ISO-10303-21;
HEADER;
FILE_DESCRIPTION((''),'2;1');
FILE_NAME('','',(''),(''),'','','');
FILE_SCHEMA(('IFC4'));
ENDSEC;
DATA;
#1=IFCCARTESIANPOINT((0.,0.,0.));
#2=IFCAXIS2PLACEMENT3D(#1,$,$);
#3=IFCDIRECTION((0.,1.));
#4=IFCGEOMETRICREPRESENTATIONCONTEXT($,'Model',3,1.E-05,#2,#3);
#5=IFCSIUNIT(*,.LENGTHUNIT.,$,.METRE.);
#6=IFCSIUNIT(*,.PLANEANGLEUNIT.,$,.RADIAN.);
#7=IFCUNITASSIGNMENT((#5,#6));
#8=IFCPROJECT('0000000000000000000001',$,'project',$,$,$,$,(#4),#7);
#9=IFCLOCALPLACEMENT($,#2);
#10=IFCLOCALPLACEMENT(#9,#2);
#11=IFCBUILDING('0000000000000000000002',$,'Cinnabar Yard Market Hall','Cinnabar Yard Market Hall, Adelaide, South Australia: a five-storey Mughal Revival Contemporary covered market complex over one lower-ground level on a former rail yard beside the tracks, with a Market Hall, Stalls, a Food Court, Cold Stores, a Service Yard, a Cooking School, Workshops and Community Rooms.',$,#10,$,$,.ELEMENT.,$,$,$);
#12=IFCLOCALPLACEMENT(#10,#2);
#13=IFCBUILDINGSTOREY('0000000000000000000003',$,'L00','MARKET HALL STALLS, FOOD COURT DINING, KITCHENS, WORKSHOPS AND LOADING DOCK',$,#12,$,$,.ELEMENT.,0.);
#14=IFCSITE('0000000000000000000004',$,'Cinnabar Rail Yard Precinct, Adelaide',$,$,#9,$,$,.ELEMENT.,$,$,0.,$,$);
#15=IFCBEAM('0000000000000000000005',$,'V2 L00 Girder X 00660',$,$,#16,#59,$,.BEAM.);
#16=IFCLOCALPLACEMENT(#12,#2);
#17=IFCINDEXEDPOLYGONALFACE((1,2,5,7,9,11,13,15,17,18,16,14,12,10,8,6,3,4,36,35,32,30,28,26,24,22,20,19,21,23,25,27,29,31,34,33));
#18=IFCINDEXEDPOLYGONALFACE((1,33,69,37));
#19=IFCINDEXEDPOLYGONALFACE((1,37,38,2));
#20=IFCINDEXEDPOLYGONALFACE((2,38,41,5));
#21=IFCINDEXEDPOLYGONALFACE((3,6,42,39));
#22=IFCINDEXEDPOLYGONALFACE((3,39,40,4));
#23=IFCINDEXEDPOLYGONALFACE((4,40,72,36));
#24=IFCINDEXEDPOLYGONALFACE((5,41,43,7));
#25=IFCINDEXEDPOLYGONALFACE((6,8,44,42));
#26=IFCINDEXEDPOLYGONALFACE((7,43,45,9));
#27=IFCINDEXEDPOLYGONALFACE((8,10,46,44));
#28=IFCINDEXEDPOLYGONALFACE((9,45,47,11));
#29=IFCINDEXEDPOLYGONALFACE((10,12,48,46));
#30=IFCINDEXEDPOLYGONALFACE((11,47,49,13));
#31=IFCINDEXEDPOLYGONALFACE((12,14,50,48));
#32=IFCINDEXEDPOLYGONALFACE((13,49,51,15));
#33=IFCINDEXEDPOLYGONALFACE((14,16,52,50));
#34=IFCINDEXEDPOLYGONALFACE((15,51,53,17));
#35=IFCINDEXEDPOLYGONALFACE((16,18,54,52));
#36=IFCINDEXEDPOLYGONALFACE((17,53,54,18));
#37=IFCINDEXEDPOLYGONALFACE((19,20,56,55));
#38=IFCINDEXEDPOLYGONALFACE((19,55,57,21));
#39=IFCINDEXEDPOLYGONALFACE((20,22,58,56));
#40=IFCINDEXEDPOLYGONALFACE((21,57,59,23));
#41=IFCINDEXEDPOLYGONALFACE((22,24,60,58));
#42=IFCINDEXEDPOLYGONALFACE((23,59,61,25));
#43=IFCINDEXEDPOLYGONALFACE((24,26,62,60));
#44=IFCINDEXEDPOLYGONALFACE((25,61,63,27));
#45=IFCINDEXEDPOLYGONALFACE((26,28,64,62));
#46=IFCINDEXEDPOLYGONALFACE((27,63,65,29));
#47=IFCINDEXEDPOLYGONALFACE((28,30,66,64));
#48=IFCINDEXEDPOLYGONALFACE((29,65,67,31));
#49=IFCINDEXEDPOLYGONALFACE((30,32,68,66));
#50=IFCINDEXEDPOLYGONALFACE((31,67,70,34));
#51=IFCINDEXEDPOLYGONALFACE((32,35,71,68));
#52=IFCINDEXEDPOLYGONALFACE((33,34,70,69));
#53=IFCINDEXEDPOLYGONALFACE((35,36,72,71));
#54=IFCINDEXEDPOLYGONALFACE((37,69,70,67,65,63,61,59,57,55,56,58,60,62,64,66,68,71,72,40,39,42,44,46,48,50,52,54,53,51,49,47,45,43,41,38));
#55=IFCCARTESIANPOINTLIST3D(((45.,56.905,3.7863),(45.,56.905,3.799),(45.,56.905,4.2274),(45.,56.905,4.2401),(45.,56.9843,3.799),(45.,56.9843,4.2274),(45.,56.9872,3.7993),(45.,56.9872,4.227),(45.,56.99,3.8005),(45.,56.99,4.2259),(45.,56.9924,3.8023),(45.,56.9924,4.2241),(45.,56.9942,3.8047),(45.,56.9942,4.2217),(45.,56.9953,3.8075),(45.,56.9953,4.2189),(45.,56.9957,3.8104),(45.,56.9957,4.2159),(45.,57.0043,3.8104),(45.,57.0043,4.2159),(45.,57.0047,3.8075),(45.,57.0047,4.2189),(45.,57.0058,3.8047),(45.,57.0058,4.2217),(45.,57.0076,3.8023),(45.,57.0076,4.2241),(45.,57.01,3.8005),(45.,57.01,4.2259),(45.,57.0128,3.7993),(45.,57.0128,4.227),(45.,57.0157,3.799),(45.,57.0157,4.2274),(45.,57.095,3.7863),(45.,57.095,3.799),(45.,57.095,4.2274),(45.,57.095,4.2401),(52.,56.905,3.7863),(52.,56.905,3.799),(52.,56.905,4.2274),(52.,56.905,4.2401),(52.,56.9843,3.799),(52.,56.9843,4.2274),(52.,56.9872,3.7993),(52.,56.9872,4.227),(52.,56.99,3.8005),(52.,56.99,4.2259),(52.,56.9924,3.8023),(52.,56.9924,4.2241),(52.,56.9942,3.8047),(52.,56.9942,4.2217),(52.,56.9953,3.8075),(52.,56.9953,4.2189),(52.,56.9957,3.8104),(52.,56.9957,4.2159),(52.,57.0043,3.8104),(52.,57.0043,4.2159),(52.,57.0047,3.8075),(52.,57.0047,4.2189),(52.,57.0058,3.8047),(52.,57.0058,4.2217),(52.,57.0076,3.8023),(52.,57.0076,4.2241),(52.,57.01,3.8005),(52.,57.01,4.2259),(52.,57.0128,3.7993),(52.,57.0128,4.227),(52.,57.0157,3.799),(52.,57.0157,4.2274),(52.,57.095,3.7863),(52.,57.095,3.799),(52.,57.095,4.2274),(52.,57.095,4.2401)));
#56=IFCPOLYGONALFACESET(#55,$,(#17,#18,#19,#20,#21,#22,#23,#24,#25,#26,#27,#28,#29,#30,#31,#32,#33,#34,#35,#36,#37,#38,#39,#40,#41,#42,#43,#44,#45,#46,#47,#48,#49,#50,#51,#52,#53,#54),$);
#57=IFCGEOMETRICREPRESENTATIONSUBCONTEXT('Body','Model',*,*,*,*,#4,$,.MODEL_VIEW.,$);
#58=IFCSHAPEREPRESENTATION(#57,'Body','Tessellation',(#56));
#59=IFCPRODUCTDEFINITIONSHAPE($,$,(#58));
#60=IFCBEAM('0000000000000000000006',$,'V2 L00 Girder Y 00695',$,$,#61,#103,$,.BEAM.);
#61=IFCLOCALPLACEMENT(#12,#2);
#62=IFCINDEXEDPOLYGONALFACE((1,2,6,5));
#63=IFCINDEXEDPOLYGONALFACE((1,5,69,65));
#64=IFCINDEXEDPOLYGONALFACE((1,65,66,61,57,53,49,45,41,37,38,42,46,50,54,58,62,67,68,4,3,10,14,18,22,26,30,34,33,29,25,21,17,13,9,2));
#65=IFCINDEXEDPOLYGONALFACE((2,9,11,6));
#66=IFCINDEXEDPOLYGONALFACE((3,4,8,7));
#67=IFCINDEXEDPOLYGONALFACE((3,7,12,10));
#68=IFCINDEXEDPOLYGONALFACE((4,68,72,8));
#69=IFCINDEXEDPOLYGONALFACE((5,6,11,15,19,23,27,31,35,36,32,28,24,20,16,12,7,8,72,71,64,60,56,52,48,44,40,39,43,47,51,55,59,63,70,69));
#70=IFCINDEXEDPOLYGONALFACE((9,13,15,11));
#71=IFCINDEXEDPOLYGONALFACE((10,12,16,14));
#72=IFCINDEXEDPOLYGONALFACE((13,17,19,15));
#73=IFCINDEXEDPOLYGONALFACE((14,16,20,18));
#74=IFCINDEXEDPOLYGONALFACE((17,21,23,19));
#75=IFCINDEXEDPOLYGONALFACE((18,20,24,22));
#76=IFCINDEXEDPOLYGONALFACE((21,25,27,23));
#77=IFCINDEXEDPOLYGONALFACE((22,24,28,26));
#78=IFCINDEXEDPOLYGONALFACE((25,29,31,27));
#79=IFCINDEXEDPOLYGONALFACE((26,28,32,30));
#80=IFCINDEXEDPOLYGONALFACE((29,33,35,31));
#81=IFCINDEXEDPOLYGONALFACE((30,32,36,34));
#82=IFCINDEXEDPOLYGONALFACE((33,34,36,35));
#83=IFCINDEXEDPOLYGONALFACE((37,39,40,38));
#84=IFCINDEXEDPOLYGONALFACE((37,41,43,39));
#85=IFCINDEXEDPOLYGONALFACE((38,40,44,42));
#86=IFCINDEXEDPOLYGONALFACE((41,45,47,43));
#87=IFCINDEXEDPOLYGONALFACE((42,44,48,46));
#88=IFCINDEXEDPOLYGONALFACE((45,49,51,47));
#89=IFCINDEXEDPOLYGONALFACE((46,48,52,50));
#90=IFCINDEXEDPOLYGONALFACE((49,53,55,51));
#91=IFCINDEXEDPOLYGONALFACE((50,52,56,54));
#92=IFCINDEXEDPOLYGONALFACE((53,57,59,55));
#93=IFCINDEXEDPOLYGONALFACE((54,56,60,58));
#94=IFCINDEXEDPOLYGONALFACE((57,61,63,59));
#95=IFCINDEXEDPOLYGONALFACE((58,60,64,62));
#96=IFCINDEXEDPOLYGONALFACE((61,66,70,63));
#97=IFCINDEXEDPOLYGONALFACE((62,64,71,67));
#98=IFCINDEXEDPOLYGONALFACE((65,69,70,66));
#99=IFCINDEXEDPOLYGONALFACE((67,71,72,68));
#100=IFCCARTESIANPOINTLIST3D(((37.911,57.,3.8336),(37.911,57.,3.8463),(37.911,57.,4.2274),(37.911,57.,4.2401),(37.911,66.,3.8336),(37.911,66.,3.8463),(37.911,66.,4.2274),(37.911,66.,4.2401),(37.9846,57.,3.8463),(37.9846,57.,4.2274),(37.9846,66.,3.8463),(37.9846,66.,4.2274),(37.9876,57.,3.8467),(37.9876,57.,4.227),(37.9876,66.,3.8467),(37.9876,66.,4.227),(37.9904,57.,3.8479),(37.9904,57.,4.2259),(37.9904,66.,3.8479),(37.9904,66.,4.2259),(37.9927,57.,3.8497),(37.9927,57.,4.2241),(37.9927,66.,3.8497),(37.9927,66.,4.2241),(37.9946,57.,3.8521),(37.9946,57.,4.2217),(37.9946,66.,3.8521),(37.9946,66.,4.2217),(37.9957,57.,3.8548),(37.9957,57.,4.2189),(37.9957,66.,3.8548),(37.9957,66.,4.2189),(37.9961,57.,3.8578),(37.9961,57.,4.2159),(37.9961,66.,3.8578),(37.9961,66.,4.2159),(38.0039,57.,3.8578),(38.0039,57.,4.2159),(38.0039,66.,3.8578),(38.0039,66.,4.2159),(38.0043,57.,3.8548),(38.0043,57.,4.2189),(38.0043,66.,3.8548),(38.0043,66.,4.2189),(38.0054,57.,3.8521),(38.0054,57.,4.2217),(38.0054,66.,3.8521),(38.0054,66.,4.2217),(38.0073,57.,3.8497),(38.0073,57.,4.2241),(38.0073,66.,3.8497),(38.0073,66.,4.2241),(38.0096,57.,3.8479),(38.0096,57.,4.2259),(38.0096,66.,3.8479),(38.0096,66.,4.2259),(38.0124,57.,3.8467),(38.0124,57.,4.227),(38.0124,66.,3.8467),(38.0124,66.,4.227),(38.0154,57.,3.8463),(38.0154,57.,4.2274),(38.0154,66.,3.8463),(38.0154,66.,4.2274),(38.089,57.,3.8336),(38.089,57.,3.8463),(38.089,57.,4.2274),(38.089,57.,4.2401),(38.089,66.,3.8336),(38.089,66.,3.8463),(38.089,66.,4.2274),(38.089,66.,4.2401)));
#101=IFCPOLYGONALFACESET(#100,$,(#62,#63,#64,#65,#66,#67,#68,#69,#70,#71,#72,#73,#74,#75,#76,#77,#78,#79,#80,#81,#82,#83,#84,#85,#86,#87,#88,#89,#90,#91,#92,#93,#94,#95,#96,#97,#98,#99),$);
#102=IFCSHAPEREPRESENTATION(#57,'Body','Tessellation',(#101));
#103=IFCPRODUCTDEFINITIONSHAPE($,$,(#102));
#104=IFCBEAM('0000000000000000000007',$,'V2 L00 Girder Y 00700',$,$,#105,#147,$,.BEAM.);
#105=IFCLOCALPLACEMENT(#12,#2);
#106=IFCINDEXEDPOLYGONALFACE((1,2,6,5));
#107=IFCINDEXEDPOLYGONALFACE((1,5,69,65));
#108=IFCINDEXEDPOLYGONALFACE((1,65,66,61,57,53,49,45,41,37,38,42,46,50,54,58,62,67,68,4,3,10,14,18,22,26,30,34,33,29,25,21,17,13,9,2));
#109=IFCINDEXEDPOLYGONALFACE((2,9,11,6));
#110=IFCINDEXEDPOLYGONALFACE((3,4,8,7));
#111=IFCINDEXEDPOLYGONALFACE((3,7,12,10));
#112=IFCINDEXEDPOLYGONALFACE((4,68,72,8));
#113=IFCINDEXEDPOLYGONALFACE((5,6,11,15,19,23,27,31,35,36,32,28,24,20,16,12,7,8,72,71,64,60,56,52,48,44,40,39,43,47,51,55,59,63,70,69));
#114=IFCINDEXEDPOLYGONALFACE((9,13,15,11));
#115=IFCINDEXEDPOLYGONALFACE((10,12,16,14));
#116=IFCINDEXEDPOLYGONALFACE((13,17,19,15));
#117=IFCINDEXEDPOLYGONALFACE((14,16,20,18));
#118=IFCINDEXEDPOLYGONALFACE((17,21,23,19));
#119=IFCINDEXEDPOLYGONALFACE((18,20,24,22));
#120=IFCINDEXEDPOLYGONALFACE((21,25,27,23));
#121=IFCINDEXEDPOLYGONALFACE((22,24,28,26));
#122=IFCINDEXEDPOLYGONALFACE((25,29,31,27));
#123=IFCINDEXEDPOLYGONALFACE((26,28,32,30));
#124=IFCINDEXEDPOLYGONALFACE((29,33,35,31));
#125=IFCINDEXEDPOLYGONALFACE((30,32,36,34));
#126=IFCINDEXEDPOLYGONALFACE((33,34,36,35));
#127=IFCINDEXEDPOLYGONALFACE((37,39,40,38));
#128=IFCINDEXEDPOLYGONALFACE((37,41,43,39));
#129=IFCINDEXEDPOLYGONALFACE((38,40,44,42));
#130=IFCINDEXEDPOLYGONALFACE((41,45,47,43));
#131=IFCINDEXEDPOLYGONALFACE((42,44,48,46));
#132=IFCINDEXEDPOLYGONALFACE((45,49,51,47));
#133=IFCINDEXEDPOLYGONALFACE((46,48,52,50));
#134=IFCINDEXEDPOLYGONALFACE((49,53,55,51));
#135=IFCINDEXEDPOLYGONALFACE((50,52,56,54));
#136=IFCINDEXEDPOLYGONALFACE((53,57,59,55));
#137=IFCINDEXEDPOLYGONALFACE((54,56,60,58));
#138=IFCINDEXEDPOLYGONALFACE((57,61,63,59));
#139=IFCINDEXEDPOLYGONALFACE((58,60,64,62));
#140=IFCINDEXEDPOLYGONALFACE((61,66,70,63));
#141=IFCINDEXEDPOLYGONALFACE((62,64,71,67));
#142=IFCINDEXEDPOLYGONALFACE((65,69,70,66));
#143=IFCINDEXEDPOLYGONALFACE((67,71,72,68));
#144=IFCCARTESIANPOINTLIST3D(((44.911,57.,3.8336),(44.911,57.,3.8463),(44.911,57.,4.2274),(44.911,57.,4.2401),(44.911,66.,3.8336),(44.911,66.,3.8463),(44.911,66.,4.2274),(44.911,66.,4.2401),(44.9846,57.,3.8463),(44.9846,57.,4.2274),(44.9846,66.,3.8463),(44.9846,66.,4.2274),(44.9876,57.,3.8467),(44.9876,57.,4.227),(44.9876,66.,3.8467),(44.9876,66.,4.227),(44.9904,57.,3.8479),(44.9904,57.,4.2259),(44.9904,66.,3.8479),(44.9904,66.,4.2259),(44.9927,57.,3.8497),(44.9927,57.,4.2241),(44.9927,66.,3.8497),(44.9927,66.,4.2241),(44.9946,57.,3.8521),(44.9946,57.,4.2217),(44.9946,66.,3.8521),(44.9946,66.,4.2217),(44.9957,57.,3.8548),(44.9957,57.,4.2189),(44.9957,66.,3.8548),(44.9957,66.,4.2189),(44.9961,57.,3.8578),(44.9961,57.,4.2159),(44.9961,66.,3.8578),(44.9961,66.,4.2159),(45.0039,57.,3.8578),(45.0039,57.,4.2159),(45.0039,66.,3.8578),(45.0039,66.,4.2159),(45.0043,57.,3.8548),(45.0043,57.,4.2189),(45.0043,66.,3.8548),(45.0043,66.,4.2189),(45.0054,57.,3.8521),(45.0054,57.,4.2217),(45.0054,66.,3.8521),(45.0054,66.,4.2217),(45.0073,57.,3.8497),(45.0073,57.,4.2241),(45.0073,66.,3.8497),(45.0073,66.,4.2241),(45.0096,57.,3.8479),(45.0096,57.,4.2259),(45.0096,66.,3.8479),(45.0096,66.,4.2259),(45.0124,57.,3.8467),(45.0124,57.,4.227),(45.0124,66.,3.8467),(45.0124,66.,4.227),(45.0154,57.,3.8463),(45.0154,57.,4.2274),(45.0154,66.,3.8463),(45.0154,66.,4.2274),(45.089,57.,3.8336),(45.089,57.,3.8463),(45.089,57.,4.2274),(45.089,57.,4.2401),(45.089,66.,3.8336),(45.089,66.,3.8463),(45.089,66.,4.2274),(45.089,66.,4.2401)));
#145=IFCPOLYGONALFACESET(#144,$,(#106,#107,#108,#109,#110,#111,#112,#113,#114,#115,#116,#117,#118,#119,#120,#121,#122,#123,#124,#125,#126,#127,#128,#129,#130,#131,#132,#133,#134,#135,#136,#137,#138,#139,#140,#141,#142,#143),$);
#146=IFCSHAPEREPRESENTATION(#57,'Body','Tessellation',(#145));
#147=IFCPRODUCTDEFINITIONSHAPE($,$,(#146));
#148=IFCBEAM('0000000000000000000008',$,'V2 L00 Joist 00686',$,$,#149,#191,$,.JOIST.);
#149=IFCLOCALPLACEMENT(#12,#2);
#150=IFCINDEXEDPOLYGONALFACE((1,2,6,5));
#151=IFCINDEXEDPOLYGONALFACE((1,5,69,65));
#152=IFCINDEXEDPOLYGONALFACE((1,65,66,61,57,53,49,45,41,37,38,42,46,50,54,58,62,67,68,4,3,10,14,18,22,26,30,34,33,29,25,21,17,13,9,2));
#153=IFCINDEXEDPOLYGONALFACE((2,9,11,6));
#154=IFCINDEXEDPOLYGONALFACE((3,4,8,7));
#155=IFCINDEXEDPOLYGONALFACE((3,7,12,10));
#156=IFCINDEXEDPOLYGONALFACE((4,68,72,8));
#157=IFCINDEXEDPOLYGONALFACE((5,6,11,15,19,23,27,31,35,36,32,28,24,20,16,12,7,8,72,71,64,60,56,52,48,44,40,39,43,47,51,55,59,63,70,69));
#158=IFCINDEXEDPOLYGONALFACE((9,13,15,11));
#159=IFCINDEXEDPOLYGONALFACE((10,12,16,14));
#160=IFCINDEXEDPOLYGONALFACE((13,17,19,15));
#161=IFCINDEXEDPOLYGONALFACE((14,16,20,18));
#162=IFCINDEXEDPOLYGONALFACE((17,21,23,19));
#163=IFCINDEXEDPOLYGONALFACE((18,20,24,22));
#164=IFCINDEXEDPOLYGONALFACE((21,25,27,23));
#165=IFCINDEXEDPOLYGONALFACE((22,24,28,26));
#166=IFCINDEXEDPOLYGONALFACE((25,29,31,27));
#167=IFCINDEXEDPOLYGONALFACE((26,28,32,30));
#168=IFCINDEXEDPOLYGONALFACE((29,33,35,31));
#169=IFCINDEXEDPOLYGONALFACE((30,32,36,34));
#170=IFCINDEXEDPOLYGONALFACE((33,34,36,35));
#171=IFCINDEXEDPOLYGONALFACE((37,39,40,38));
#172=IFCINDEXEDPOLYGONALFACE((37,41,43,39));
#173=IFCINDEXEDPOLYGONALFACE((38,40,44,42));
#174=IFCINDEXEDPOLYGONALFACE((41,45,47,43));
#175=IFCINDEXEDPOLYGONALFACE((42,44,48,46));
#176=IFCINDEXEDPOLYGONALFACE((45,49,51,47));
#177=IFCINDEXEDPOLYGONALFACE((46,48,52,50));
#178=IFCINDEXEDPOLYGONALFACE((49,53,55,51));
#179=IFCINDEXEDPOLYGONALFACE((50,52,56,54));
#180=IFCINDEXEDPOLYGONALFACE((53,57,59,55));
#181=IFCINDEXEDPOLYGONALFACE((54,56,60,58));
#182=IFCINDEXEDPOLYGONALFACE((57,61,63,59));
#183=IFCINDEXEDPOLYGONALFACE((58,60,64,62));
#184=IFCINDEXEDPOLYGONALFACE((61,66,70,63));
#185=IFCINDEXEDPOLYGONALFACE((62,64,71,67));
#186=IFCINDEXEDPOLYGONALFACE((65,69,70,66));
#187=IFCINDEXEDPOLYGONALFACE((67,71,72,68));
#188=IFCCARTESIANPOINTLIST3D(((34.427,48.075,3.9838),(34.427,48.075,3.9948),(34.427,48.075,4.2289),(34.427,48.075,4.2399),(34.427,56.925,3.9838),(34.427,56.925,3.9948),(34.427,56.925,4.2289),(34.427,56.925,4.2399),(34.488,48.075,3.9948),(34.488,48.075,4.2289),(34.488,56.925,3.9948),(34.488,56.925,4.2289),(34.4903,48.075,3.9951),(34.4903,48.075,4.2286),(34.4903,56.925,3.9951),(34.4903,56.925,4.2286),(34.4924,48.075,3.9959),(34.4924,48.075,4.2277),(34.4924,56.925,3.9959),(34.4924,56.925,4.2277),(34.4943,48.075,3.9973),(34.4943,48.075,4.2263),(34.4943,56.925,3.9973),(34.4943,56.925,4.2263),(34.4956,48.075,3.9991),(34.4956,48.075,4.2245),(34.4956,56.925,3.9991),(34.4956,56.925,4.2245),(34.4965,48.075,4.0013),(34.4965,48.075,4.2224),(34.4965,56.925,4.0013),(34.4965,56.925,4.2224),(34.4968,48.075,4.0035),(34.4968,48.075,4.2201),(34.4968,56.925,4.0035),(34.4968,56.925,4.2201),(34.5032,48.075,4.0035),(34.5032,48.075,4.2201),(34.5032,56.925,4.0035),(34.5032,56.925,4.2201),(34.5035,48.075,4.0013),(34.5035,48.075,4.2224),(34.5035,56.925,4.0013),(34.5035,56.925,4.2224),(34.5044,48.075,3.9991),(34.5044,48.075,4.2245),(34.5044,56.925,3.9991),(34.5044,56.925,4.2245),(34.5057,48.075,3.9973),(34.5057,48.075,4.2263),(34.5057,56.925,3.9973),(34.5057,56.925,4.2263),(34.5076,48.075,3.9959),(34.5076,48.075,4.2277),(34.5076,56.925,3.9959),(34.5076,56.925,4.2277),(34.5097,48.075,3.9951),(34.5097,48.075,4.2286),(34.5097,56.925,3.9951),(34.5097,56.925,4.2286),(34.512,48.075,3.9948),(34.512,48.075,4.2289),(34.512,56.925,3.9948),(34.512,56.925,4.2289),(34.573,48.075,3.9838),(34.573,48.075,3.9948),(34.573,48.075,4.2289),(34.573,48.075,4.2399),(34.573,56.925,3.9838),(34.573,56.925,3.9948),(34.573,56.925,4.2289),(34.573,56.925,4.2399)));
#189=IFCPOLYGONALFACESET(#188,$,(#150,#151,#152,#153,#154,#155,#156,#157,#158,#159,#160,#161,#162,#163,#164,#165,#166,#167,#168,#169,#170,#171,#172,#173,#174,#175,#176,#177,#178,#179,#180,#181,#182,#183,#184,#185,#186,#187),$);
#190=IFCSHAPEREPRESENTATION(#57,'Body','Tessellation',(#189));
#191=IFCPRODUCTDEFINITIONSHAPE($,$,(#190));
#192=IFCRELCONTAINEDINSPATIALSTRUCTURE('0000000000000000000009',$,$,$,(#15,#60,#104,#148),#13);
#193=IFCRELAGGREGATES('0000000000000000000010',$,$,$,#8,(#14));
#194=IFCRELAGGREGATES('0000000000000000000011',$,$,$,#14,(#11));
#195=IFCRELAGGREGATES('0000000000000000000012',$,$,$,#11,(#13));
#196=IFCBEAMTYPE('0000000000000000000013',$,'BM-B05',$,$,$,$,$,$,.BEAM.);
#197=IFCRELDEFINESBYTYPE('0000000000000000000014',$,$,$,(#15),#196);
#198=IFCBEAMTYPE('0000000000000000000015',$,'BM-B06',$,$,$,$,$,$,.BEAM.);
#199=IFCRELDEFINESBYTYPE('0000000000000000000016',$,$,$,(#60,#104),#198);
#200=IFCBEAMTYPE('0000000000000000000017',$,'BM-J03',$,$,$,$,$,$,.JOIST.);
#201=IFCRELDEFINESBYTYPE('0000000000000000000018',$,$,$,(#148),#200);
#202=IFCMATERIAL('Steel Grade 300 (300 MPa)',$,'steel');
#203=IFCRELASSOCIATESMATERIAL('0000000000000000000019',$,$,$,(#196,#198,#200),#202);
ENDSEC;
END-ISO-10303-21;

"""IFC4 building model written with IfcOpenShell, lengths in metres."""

from ifc_helpers import new_model, si_unit, direction, frame, origin, origin_2d_with_axis, place, context, subcontext, project, spatial, i_section, extrude, material, material_profile, profile_set, type_object, element, save


model = new_model("IFC4")

# Units and contexts
model_context = context("Model", 3, precision=1e-05, world=origin(), true_north=direction((0.0, 1.0)))
body_context = subcontext(model_context, "Body", "Model", "MODEL_VIEW")
ifc_project = project(units=[si_unit("LENGTHUNIT", "METRE"), si_unit("PLANEANGLEUNIT", "RADIAN")], contexts=[model_context])

# Site, building, storey
site_placement = place(None, origin())
site = spatial("IfcSite", under=ifc_project, at=site_placement, Name="Cinnabar Rail Yard Precinct, Adelaide", CompositionType="ELEMENT", RefElevation=0.0)
building_placement = place(site_placement, origin())
building = spatial("IfcBuilding", under=site, at=building_placement, Name="Cinnabar Yard Market Hall", Description="Cinnabar Yard Market Hall, Adelaide, South Australia: a five-storey Mughal Revival Contemporary covered market complex over one lower-ground level on a former rail yard beside the tracks, with a Market Hall, Stalls, a Food Court, Cold Stores, a Service Yard, a Cooking School, Workshops and Community Rooms.", CompositionType="ELEMENT")
storey_placement = place(building_placement, origin())
storey = spatial("IfcBuildingStorey", under=building, at=storey_placement, Name="L00", Description="MARKET HALL STALLS, FOOD COURT DINING, KITCHENS, WORKSHOPS AND LOADING DOCK", CompositionType="ELEMENT", Elevation=0.0)

# Shared definitions
ifc_material_1 = material(Name="Steel Grade 300 (300 MPa)", Category="steel")

# Beams
ifc_material_profile_1 = material_profile(ifc_material_1, i_section(OverallWidth=0.1899, OverallDepth=0.4539, WebThickness=0.0085, FlangeThickness=0.0127, FilletRadius=0.0115, at=origin_2d_with_axis()), Name="460UB67.1")
ifc_profile_set_1 = profile_set([ifc_material_profile_1], Name="Steel Grade 300 (300 MPa)")
beam_type_1 = type_object("IfcBeamType", Name="BM-B05", PredefinedType="BEAM", material=ifc_profile_set_1)
for number, where, z_axis, x_axis, name in (
    (1, (45.0, 57.0, 4.0132), (1.0, 0.0, 0.0), (0.0, 1.0, 0.0), "V2 L00 Girder X 00660"),
):
    element("IfcBeam", number, at=place(storey_placement, frame(where, z_axis=z_axis, x_axis=x_axis)), inside=storey, type_object=beam_type_1, Name=name, PredefinedType="BEAM", context=body_context, shape_type="SweptSolid", body=[
        extrude(i_section(OverallWidth=0.1899, OverallDepth=0.4539, WebThickness=0.0085, FlangeThickness=0.0127, FilletRadius=0.0115, at=origin_2d_with_axis()), origin(), (0.0, 0.0, 1.0), 7.0),
    ])
ifc_material_profile_2 = material_profile(ifc_material_1, i_section(OverallWidth=0.178, OverallDepth=0.4065, WebThickness=0.0078, FlangeThickness=0.0127, FilletRadius=0.0115, at=origin_2d_with_axis()), Name="410UB59.7")
ifc_profile_set_2 = profile_set([ifc_material_profile_2], Name="Steel Grade 300 (300 MPa)")
beam_type_2 = type_object("IfcBeamType", Name="BM-B06", PredefinedType="BEAM", material=ifc_profile_set_2)
for number, where, z_axis, x_axis, name in (
    (2, (38.0, 57.0, 4.0369), (0.0, 1.0, 0.0), (-1.0, 0.0, 0.0), "V2 L00 Girder Y 00695"),
    (3, (45.0, 57.0, 4.0369), (0.0, 1.0, 0.0), (-1.0, 0.0, 0.0), "V2 L00 Girder Y 00700"),
):
    element("IfcBeam", number, at=place(storey_placement, frame(where, z_axis=z_axis, x_axis=x_axis)), inside=storey, type_object=beam_type_2, Name=name, PredefinedType="BEAM", context=body_context, shape_type="SweptSolid", body=[
        extrude(i_section(OverallWidth=0.178, OverallDepth=0.4065, WebThickness=0.0078, FlangeThickness=0.0127, FilletRadius=0.0115, at=origin_2d_with_axis()), origin(), (0.0, 0.0, 1.0), 9.0),
    ])
ifc_material_profile_3 = material_profile(ifc_material_1, i_section(OverallWidth=0.146, OverallDepth=0.2561, WebThickness=0.0063, FlangeThickness=0.011, FilletRadius=0.0088, at=origin_2d_with_axis()), Name="250UB37.3")
ifc_profile_set_3 = profile_set([ifc_material_profile_3], Name="Steel Grade 300 (300 MPa)")
beam_type_3 = type_object("IfcBeamType", Name="BM-J03", PredefinedType="JOIST", material=ifc_profile_set_3)
for number, where, z_axis, x_axis, name in (
    (4, (34.5, 48.075, 4.1118), (0.0, 1.0, 0.0), (-1.0, 0.0, 0.0), "V2 L00 Joist 00686"),
):
    element("IfcBeam", number, at=place(storey_placement, frame(where, z_axis=z_axis, x_axis=x_axis)), inside=storey, type_object=beam_type_3, Name=name, PredefinedType="JOIST", context=body_context, shape_type="SweptSolid", body=[
        extrude(i_section(OverallWidth=0.146, OverallDepth=0.2561, WebThickness=0.0063, FlangeThickness=0.011, FilletRadius=0.0088, at=origin_2d_with_axis()), origin(), (0.0, 0.0, 1.0), 8.8501),
    ])

save(model, "model.ifc")
